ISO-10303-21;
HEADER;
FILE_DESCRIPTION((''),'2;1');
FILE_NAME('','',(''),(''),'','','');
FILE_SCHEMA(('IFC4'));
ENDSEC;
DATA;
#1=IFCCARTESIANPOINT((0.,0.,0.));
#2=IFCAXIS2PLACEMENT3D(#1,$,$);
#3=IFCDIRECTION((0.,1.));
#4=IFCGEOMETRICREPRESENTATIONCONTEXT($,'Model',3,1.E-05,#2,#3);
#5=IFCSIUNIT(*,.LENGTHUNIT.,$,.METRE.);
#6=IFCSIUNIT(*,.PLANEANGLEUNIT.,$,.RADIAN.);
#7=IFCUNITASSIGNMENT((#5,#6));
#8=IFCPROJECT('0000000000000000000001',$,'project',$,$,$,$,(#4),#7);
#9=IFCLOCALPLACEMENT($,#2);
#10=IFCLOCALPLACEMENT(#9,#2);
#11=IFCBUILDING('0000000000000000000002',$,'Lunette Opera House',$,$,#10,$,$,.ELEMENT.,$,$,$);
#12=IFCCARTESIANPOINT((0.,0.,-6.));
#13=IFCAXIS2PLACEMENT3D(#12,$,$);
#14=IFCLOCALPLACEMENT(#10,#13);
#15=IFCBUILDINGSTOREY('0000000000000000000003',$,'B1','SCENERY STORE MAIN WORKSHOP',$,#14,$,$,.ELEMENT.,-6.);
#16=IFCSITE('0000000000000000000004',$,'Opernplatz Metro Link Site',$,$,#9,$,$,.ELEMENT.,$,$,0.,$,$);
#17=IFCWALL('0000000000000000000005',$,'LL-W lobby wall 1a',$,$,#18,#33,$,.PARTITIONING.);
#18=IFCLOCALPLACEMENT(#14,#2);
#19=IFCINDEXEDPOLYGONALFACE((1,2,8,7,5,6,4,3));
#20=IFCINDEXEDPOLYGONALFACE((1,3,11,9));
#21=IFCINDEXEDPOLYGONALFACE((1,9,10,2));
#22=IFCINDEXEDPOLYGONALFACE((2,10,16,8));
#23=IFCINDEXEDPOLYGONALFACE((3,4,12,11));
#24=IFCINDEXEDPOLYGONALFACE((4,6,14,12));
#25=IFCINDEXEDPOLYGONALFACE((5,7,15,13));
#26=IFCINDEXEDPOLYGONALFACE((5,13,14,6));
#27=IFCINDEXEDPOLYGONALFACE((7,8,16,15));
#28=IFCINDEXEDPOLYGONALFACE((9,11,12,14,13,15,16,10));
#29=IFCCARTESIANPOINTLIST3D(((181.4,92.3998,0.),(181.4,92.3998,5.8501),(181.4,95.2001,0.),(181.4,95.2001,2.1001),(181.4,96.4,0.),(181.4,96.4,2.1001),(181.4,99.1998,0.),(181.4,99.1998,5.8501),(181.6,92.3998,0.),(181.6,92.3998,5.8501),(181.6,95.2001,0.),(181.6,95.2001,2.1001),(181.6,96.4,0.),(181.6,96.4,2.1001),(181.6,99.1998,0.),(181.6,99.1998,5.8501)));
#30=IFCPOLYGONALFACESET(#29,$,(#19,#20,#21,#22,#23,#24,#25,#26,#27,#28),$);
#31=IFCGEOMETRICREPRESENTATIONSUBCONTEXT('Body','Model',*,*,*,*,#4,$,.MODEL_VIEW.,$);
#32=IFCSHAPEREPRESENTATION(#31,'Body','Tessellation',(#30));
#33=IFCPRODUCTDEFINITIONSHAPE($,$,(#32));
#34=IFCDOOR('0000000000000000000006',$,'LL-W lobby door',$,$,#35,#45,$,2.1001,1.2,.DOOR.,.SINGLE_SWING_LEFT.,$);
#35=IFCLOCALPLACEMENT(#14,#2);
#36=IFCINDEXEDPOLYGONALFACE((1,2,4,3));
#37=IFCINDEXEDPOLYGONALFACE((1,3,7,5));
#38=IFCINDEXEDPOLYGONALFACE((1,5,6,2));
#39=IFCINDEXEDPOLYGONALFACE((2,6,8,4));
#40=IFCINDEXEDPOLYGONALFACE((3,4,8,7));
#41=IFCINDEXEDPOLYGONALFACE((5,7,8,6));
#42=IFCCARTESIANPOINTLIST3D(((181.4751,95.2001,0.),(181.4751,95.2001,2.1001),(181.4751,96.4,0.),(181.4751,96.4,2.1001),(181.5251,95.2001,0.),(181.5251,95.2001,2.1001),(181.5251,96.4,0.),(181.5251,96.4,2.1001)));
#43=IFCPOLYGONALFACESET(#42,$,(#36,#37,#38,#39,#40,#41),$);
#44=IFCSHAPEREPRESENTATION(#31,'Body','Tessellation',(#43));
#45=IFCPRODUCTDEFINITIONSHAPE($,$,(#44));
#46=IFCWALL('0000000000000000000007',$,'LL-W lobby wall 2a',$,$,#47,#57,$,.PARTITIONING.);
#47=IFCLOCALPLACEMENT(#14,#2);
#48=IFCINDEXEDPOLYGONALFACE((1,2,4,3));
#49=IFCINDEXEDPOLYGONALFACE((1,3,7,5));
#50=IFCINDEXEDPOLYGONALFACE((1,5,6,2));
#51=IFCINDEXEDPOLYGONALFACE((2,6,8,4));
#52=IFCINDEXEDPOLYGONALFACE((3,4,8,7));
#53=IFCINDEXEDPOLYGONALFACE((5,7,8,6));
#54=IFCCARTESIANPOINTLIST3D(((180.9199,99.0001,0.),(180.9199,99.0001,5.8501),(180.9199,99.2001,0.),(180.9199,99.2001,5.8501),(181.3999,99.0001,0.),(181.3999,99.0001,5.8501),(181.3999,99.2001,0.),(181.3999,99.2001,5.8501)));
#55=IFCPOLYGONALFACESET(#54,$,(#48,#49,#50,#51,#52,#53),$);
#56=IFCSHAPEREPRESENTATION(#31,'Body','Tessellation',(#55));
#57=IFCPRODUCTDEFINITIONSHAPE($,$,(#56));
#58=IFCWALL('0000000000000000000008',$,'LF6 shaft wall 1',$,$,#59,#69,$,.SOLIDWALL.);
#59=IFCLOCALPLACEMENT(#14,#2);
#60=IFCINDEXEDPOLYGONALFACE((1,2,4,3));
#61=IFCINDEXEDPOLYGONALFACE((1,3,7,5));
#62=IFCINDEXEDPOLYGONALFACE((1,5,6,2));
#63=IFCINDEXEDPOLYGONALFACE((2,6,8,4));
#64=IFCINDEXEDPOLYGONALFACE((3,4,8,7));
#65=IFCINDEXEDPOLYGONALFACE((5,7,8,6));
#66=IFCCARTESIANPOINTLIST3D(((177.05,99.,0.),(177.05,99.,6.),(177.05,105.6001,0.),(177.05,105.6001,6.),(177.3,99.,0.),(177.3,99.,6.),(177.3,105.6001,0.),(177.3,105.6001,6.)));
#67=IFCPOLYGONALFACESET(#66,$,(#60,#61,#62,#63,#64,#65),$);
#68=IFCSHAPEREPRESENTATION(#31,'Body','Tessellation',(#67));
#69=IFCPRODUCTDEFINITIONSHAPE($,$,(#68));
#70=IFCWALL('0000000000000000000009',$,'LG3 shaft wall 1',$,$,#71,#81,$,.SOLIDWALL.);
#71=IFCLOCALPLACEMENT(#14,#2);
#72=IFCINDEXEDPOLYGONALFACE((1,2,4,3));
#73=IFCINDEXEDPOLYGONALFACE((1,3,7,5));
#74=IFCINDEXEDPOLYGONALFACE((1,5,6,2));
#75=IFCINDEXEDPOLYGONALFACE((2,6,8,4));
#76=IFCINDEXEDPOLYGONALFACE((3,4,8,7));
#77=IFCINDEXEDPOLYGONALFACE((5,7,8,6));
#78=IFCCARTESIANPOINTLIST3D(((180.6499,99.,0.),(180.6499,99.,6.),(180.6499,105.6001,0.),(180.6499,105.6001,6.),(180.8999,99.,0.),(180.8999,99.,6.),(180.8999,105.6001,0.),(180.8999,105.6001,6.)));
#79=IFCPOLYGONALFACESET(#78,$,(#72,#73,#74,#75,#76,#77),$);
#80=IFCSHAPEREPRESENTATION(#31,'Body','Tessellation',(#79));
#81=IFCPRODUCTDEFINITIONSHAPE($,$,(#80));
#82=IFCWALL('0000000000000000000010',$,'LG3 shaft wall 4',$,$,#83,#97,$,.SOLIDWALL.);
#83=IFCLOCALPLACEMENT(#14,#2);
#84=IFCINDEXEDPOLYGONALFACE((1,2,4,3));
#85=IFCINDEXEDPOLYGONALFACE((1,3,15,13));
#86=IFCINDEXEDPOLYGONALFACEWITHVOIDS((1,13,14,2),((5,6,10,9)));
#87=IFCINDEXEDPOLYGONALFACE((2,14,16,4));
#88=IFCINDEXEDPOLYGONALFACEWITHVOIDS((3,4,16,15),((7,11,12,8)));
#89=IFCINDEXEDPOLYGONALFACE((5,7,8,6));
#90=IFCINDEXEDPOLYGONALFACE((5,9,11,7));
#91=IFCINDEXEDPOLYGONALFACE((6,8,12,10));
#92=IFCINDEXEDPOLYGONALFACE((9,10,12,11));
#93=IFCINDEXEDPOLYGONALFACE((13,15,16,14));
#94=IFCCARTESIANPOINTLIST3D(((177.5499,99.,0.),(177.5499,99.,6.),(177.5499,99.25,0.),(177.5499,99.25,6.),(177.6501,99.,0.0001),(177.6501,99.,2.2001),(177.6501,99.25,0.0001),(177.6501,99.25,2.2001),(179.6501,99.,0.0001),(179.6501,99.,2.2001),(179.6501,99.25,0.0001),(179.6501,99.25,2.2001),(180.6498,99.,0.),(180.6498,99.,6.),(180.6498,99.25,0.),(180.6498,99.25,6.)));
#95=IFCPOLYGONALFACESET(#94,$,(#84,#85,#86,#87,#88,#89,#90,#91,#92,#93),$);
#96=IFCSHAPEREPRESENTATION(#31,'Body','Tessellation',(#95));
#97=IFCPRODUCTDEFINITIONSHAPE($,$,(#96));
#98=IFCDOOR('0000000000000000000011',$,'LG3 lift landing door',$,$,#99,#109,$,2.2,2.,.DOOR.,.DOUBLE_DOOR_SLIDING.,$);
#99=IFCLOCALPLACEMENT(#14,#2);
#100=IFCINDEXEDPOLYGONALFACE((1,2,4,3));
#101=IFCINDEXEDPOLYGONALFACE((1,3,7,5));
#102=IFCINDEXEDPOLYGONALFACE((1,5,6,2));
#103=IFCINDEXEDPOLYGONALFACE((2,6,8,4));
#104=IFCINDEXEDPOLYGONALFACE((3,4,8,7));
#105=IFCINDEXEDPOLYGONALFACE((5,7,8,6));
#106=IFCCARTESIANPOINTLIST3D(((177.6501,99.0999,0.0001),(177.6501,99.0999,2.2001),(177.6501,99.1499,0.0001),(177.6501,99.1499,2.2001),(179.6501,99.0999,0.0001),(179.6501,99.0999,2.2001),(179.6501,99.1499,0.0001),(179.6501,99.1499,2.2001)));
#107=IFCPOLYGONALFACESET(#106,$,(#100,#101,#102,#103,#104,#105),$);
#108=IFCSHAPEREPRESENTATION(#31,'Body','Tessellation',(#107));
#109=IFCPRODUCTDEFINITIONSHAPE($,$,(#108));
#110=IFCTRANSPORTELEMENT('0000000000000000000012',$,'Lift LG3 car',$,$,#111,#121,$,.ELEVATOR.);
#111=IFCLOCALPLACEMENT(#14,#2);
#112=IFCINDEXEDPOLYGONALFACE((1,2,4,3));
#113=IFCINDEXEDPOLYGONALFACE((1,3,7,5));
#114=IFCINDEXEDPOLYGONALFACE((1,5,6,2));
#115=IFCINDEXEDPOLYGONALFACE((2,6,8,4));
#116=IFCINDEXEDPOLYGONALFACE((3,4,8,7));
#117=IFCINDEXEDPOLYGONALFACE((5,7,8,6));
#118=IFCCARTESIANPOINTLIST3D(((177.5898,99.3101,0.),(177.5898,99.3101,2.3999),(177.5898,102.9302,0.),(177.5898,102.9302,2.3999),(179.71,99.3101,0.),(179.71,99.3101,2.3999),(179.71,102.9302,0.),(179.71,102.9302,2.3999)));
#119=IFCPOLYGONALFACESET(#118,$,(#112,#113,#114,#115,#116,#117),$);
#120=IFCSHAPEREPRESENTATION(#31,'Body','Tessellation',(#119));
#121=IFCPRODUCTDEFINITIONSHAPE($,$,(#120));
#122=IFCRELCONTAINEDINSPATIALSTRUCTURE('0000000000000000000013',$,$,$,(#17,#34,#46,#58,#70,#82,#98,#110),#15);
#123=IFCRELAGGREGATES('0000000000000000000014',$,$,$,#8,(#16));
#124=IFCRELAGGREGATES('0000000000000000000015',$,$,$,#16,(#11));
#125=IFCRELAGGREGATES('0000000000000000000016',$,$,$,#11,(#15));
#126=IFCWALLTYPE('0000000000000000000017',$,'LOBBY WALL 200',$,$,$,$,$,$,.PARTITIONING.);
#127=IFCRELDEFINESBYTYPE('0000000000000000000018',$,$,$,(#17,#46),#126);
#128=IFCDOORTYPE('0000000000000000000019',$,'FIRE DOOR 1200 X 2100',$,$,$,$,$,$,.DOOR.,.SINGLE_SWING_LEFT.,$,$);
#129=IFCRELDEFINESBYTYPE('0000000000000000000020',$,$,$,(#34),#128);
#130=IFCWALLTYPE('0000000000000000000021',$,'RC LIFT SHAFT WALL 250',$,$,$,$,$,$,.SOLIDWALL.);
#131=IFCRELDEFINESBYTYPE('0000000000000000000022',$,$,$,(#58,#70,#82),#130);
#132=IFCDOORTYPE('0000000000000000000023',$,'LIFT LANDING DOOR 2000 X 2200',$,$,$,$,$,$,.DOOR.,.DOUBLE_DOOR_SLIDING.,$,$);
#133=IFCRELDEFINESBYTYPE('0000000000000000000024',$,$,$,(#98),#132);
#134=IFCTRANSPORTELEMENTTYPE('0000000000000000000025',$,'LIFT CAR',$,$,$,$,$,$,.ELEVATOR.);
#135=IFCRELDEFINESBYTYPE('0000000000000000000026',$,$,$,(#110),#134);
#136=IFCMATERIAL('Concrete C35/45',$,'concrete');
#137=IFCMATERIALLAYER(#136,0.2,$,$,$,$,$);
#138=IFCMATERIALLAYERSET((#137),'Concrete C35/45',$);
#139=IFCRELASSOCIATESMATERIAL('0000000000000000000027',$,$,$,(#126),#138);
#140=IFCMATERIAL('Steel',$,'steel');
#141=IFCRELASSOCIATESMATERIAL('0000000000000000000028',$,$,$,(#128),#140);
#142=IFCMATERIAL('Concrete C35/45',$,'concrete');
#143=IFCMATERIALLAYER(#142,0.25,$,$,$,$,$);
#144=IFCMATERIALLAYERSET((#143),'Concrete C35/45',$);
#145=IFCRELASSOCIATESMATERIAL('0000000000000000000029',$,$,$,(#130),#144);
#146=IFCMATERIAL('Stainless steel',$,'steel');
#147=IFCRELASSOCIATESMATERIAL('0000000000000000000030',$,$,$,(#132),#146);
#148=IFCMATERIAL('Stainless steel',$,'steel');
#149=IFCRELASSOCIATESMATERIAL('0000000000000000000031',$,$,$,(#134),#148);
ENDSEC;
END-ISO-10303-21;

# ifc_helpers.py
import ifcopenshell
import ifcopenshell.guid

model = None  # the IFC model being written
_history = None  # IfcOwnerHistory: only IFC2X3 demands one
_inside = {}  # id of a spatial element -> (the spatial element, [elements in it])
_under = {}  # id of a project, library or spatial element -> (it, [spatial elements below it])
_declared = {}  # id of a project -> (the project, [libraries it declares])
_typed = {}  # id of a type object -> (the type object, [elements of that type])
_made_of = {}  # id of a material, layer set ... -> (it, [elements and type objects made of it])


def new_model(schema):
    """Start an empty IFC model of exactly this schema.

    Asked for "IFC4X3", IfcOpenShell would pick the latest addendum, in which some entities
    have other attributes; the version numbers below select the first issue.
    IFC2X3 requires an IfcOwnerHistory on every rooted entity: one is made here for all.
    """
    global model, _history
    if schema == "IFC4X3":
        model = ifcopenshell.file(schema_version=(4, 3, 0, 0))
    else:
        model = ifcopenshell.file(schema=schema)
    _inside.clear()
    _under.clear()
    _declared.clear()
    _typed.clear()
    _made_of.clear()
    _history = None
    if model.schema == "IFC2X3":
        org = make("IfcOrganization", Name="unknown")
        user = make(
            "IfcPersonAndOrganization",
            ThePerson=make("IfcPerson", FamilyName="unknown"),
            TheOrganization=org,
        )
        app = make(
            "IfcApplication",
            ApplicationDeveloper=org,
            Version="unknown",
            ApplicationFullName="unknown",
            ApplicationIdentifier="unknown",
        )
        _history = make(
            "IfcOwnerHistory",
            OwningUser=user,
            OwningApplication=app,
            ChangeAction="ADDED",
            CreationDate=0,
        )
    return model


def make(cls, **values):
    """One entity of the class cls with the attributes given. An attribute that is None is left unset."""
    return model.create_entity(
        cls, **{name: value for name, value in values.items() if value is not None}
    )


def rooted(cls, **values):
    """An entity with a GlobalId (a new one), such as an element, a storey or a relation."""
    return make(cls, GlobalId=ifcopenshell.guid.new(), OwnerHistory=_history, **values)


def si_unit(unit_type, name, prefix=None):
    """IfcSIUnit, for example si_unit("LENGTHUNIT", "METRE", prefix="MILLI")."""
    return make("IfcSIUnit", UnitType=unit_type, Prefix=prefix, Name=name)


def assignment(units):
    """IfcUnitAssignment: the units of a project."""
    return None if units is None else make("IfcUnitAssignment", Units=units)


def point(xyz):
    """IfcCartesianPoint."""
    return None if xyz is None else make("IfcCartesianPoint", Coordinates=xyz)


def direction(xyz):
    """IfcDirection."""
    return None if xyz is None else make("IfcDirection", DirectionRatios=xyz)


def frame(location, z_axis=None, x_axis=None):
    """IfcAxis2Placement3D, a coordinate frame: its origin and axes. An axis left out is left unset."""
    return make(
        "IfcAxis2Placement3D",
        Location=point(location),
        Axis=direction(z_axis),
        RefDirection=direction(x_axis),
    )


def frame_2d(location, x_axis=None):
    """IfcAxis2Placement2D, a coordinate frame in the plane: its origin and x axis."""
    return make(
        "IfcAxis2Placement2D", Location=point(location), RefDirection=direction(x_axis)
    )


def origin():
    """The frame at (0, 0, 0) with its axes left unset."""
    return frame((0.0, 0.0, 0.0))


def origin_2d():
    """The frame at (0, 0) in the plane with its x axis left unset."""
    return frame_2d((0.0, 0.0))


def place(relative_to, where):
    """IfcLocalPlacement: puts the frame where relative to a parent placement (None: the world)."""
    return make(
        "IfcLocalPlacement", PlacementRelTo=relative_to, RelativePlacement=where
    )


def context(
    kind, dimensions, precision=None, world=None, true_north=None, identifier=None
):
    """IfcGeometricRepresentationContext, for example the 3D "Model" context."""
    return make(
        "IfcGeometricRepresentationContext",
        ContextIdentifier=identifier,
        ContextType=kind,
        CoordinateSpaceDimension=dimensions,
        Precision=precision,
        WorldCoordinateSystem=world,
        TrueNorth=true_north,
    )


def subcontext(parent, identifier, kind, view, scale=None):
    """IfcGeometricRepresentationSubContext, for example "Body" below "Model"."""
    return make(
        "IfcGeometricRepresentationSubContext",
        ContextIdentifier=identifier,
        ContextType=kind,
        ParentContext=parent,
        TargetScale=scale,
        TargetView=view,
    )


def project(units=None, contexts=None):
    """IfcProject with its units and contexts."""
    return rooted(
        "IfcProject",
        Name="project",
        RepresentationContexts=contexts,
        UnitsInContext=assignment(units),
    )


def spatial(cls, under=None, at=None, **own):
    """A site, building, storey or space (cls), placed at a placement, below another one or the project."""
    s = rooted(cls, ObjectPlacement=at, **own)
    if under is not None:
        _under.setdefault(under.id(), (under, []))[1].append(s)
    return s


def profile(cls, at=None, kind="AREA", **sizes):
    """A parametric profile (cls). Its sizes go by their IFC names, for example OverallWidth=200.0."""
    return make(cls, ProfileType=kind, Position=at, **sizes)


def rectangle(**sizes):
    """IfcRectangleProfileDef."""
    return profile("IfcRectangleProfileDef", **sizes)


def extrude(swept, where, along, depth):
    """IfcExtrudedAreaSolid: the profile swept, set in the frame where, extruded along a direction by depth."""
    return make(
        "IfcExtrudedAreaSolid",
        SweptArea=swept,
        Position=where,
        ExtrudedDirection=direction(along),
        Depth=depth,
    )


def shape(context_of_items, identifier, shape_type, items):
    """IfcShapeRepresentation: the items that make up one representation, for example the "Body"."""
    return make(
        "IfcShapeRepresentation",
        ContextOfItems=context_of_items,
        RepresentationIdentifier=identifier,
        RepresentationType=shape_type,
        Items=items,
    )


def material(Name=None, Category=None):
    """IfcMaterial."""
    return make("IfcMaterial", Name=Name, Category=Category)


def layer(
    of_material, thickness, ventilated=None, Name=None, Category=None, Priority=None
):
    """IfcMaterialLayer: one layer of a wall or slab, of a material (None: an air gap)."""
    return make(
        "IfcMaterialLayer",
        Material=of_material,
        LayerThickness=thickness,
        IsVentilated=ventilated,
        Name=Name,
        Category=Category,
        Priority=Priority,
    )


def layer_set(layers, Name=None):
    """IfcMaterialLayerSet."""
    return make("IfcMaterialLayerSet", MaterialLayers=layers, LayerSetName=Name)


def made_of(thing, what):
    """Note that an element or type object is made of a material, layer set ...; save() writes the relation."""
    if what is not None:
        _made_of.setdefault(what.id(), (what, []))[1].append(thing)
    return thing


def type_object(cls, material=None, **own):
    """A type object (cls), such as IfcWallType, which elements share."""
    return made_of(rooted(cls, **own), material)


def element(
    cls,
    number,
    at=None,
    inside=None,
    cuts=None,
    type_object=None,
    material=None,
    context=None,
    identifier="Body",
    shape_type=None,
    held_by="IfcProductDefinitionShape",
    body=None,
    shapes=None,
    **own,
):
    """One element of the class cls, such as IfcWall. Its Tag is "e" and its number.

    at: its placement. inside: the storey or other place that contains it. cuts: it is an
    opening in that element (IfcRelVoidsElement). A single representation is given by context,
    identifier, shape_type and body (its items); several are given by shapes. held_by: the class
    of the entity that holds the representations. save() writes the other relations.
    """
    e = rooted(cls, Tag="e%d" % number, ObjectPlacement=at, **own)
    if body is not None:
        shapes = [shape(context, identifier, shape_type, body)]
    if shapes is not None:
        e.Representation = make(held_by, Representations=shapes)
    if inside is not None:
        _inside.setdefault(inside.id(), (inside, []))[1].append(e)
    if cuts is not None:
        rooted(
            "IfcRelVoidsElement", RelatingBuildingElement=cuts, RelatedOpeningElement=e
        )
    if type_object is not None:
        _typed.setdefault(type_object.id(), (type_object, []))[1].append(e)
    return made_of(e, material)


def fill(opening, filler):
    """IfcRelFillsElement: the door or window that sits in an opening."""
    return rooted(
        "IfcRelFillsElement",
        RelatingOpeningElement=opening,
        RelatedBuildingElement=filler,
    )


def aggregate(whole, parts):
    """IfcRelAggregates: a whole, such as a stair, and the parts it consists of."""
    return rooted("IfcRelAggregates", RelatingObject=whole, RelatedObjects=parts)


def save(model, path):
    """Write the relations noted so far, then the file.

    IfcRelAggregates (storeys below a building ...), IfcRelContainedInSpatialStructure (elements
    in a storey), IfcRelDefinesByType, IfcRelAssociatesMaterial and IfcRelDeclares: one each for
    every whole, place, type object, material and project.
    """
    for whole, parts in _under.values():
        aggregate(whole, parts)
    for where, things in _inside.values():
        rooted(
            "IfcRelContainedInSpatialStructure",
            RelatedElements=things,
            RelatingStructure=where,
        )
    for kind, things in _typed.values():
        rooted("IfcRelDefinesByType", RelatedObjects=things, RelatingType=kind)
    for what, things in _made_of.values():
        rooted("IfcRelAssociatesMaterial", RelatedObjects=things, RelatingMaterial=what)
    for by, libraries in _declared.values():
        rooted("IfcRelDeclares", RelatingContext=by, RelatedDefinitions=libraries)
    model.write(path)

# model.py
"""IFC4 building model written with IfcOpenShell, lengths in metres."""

from ifc_helpers import new_model, si_unit, direction, frame, frame_2d, origin, origin_2d, place, context, subcontext, project, spatial, rectangle, extrude, material, layer, layer_set, type_object, element, fill, save


model = new_model("IFC4")

# Units and contexts
model_context = context("Model", 3, precision=1e-05, world=origin(), true_north=direction((0.0, 1.0)))
body_context = subcontext(model_context, "Body", "Model", "MODEL_VIEW")
ifc_project = project(units=[si_unit("LENGTHUNIT", "METRE"), si_unit("PLANEANGLEUNIT", "RADIAN")], contexts=[model_context])

# Site, building, storey
site_placement = place(None, origin())
site = spatial("IfcSite", under=ifc_project, at=site_placement, Name="Opernplatz Metro Link Site", CompositionType="ELEMENT", RefElevation=0.0)
building_placement = place(site_placement, origin())
building = spatial("IfcBuilding", under=site, at=building_placement, Name="Lunette Opera House", CompositionType="ELEMENT")
storey_placement = place(building_placement, frame((0.0, 0.0, -6.0)))
storey = spatial("IfcBuildingStorey", under=building, at=storey_placement, Name="B1", Description="SCENERY STORE MAIN WORKSHOP", CompositionType="ELEMENT", Elevation=-6.0)

# Wall, opening, door
ifc_material_1 = material(Name="Concrete C35/45", Category="concrete")
ifc_layer_1 = layer(ifc_material_1, 0.2)
ifc_layer_set_1 = layer_set([ifc_layer_1], Name="Concrete C35/45")
wall_type_1 = type_object("IfcWallType", Name="LOBBY WALL 200", PredefinedType="PARTITIONING", material=ifc_layer_set_1)
wall_1_placement = place(storey_placement, frame((181.5, 92.3999, 0.0), z_axis=(0.0, 0.0, 1.0), x_axis=(0.0, 1.0, 0.0)))
wall_1 = element("IfcWall", 1, at=wall_1_placement, inside=storey, type_object=wall_type_1, Name="LL-W lobby wall 1a", PredefinedType="PARTITIONING", context=body_context, shape_type="SweptSolid", body=[
    extrude(rectangle(XDim=6.8, YDim=0.2, at=frame_2d((3.3999, 0.0))), origin(), (0.0, 0.0, 1.0), 5.8501),
])
opening_1_placement = place(wall_1_placement, frame((2.8, 0.0, 0.0)))
opening_1 = element("IfcOpeningElement", 2, at=opening_1_placement, cuts=wall_1, PredefinedType="OPENING", context=body_context, shape_type="SweptSolid", body=[
    extrude(rectangle(XDim=1.2, YDim=2.1001, at=frame_2d((0.6001, 1.05))), frame((0.0, 0.1121, 0.0), z_axis=(0.0, -1.0, 0.0), x_axis=(1.0, 0.0, 0.0)), (0.0, 0.0, 1.0), 0.2239),
])
ifc_material_2 = material(Name="Steel", Category="steel")
door_type_1 = type_object("IfcDoorType", Name="FIRE DOOR 1200 X 2100", OperationType="SINGLE_SWING_LEFT", PredefinedType="DOOR", material=ifc_material_2)
door_1_placement = place(opening_1_placement, origin())
door_1 = element("IfcDoor", 3, at=door_1_placement, inside=storey, type_object=door_type_1, Name="LL-W lobby door", OperationType="SINGLE_SWING_LEFT", OverallHeight=2.1001, OverallWidth=1.2, PredefinedType="DOOR", context=body_context, shape_type="SweptSolid", body=[
    extrude(rectangle(XDim=1.2, YDim=2.1001, at=frame_2d((0.6001, 1.05))), frame((0.0, 0.0249, 0.0), z_axis=(0.0, -1.0, 0.0), x_axis=(1.0, 0.0, 0.0)), (0.0, 0.0, 1.0), 0.05),
])
fill(opening_1, door_1)

# Walls
wall_2_placement = place(storey_placement, frame((181.3999, 99.1001, 0.0), z_axis=(0.0, 0.0, 1.0), x_axis=(-1.0, 0.0, 0.0)))
element("IfcWall", 4, at=wall_2_placement, inside=storey, type_object=wall_type_1, Name="LL-W lobby wall 2a", PredefinedType="PARTITIONING", context=body_context, shape_type="SweptSolid", body=[
    extrude(rectangle(XDim=0.48, YDim=0.2, at=frame_2d((0.24, 0.0))), origin(), (0.0, 0.0, 1.0), 5.8501),
])
ifc_material_3 = material(Name="Concrete C35/45", Category="concrete")
ifc_layer_2 = layer(ifc_material_3, 0.25)
ifc_layer_set_2 = layer_set([ifc_layer_2], Name="Concrete C35/45")
wall_type_2 = type_object("IfcWallType", Name="RC LIFT SHAFT WALL 250", PredefinedType="SOLIDWALL", material=ifc_layer_set_2)
for number, where, z_axis, x_axis, name in (
    (5, (177.175, 99.0, 0.0), (0.0, 0.0, 1.0), (0.0, 1.0, 0.0), "LF6 shaft wall 1"),
    (6, (180.7749, 99.0, 0.0), (0.0, 0.0, 1.0), (0.0, 1.0, 0.0), "LG3 shaft wall 1"),
):
    element("IfcWall", number, at=place(storey_placement, frame(where, z_axis=z_axis, x_axis=x_axis)), inside=storey, type_object=wall_type_2, Name=name, PredefinedType="SOLIDWALL", context=body_context, shape_type="SweptSolid", body=[
        extrude(rectangle(XDim=6.6001, YDim=0.25, at=frame_2d((3.3, 0.0))), origin(), (0.0, 0.0, 1.0), 6.0),
    ])

# Wall, opening, door
wall_3_placement = place(storey_placement, frame((177.55, 99.125, 0.0), z_axis=(0.0, 0.0, 1.0), x_axis=(1.0, 0.0, 0.0)))
wall_3 = element("IfcWall", 7, at=wall_3_placement, inside=storey, type_object=wall_type_2, Name="LG3 shaft wall 4", PredefinedType="SOLIDWALL", context=body_context, shape_type="SweptSolid", body=[
    extrude(rectangle(XDim=3.0999, YDim=0.25, at=frame_2d((1.5498, 0.0))), origin(), (0.0, 0.0, 1.0), 6.0),
])
opening_2_placement = place(wall_3_placement, frame((0.1001, 0.0, 0.0)))
opening_2 = element("IfcOpeningElement", 8, at=opening_2_placement, cuts=wall_3, PredefinedType="OPENING", context=body_context, shape_type="SweptSolid", body=[
    extrude(rectangle(XDim=2.0, YDim=2.2, at=frame_2d((1.0, 1.1001))), frame((0.0, 0.137, 0.0), z_axis=(0.0, -1.0, 0.0), x_axis=(1.0, 0.0, 0.0)), (0.0, 0.0, 1.0), 0.2739),
])
ifc_material_4 = material(Name="Stainless steel", Category="steel")
door_type_2 = type_object("IfcDoorType", Name="LIFT LANDING DOOR 2000 X 2200", OperationType="DOUBLE_DOOR_SLIDING", PredefinedType="DOOR", material=ifc_material_4)
door_2_placement = place(opening_2_placement, origin())
door_2 = element("IfcDoor", 9, at=door_2_placement, inside=storey, type_object=door_type_2, Name="LG3 lift landing door", OperationType="DOUBLE_DOOR_SLIDING", OverallHeight=2.2, OverallWidth=2.0, PredefinedType="DOOR", context=body_context, shape_type="SweptSolid", body=[
    extrude(rectangle(XDim=2.0, YDim=2.2, at=frame_2d((1.0, 1.1001))), frame((0.0, 0.0249, 0.0), z_axis=(0.0, -1.0, 0.0), x_axis=(1.0, 0.0, 0.0)), (0.0, 0.0, 1.0), 0.05),
])
fill(opening_2, door_2)

# Transport element
ifc_material_5 = material(Name="Stainless steel", Category="steel")
transport_element_type = type_object("IfcTransportElementType", Name="LIFT CAR", PredefinedType="ELEVATOR", material=ifc_material_5)
transport_element_placement = place(storey_placement, frame((178.6499, 101.1201, 0.0), z_axis=(0.0, 0.0, 1.0), x_axis=(1.0, 0.0, 0.0)))
element("IfcTransportElement", 10, at=transport_element_placement, inside=storey, type_object=transport_element_type, Name="Lift LG3 car", PredefinedType="ELEVATOR", context=body_context, shape_type="SweptSolid", body=[
    extrude(rectangle(XDim=2.1201, YDim=3.6201, at=origin_2d()), origin(), (0.0, 0.0, 1.0), 2.3999),
])

save(model, "model.ifc")
